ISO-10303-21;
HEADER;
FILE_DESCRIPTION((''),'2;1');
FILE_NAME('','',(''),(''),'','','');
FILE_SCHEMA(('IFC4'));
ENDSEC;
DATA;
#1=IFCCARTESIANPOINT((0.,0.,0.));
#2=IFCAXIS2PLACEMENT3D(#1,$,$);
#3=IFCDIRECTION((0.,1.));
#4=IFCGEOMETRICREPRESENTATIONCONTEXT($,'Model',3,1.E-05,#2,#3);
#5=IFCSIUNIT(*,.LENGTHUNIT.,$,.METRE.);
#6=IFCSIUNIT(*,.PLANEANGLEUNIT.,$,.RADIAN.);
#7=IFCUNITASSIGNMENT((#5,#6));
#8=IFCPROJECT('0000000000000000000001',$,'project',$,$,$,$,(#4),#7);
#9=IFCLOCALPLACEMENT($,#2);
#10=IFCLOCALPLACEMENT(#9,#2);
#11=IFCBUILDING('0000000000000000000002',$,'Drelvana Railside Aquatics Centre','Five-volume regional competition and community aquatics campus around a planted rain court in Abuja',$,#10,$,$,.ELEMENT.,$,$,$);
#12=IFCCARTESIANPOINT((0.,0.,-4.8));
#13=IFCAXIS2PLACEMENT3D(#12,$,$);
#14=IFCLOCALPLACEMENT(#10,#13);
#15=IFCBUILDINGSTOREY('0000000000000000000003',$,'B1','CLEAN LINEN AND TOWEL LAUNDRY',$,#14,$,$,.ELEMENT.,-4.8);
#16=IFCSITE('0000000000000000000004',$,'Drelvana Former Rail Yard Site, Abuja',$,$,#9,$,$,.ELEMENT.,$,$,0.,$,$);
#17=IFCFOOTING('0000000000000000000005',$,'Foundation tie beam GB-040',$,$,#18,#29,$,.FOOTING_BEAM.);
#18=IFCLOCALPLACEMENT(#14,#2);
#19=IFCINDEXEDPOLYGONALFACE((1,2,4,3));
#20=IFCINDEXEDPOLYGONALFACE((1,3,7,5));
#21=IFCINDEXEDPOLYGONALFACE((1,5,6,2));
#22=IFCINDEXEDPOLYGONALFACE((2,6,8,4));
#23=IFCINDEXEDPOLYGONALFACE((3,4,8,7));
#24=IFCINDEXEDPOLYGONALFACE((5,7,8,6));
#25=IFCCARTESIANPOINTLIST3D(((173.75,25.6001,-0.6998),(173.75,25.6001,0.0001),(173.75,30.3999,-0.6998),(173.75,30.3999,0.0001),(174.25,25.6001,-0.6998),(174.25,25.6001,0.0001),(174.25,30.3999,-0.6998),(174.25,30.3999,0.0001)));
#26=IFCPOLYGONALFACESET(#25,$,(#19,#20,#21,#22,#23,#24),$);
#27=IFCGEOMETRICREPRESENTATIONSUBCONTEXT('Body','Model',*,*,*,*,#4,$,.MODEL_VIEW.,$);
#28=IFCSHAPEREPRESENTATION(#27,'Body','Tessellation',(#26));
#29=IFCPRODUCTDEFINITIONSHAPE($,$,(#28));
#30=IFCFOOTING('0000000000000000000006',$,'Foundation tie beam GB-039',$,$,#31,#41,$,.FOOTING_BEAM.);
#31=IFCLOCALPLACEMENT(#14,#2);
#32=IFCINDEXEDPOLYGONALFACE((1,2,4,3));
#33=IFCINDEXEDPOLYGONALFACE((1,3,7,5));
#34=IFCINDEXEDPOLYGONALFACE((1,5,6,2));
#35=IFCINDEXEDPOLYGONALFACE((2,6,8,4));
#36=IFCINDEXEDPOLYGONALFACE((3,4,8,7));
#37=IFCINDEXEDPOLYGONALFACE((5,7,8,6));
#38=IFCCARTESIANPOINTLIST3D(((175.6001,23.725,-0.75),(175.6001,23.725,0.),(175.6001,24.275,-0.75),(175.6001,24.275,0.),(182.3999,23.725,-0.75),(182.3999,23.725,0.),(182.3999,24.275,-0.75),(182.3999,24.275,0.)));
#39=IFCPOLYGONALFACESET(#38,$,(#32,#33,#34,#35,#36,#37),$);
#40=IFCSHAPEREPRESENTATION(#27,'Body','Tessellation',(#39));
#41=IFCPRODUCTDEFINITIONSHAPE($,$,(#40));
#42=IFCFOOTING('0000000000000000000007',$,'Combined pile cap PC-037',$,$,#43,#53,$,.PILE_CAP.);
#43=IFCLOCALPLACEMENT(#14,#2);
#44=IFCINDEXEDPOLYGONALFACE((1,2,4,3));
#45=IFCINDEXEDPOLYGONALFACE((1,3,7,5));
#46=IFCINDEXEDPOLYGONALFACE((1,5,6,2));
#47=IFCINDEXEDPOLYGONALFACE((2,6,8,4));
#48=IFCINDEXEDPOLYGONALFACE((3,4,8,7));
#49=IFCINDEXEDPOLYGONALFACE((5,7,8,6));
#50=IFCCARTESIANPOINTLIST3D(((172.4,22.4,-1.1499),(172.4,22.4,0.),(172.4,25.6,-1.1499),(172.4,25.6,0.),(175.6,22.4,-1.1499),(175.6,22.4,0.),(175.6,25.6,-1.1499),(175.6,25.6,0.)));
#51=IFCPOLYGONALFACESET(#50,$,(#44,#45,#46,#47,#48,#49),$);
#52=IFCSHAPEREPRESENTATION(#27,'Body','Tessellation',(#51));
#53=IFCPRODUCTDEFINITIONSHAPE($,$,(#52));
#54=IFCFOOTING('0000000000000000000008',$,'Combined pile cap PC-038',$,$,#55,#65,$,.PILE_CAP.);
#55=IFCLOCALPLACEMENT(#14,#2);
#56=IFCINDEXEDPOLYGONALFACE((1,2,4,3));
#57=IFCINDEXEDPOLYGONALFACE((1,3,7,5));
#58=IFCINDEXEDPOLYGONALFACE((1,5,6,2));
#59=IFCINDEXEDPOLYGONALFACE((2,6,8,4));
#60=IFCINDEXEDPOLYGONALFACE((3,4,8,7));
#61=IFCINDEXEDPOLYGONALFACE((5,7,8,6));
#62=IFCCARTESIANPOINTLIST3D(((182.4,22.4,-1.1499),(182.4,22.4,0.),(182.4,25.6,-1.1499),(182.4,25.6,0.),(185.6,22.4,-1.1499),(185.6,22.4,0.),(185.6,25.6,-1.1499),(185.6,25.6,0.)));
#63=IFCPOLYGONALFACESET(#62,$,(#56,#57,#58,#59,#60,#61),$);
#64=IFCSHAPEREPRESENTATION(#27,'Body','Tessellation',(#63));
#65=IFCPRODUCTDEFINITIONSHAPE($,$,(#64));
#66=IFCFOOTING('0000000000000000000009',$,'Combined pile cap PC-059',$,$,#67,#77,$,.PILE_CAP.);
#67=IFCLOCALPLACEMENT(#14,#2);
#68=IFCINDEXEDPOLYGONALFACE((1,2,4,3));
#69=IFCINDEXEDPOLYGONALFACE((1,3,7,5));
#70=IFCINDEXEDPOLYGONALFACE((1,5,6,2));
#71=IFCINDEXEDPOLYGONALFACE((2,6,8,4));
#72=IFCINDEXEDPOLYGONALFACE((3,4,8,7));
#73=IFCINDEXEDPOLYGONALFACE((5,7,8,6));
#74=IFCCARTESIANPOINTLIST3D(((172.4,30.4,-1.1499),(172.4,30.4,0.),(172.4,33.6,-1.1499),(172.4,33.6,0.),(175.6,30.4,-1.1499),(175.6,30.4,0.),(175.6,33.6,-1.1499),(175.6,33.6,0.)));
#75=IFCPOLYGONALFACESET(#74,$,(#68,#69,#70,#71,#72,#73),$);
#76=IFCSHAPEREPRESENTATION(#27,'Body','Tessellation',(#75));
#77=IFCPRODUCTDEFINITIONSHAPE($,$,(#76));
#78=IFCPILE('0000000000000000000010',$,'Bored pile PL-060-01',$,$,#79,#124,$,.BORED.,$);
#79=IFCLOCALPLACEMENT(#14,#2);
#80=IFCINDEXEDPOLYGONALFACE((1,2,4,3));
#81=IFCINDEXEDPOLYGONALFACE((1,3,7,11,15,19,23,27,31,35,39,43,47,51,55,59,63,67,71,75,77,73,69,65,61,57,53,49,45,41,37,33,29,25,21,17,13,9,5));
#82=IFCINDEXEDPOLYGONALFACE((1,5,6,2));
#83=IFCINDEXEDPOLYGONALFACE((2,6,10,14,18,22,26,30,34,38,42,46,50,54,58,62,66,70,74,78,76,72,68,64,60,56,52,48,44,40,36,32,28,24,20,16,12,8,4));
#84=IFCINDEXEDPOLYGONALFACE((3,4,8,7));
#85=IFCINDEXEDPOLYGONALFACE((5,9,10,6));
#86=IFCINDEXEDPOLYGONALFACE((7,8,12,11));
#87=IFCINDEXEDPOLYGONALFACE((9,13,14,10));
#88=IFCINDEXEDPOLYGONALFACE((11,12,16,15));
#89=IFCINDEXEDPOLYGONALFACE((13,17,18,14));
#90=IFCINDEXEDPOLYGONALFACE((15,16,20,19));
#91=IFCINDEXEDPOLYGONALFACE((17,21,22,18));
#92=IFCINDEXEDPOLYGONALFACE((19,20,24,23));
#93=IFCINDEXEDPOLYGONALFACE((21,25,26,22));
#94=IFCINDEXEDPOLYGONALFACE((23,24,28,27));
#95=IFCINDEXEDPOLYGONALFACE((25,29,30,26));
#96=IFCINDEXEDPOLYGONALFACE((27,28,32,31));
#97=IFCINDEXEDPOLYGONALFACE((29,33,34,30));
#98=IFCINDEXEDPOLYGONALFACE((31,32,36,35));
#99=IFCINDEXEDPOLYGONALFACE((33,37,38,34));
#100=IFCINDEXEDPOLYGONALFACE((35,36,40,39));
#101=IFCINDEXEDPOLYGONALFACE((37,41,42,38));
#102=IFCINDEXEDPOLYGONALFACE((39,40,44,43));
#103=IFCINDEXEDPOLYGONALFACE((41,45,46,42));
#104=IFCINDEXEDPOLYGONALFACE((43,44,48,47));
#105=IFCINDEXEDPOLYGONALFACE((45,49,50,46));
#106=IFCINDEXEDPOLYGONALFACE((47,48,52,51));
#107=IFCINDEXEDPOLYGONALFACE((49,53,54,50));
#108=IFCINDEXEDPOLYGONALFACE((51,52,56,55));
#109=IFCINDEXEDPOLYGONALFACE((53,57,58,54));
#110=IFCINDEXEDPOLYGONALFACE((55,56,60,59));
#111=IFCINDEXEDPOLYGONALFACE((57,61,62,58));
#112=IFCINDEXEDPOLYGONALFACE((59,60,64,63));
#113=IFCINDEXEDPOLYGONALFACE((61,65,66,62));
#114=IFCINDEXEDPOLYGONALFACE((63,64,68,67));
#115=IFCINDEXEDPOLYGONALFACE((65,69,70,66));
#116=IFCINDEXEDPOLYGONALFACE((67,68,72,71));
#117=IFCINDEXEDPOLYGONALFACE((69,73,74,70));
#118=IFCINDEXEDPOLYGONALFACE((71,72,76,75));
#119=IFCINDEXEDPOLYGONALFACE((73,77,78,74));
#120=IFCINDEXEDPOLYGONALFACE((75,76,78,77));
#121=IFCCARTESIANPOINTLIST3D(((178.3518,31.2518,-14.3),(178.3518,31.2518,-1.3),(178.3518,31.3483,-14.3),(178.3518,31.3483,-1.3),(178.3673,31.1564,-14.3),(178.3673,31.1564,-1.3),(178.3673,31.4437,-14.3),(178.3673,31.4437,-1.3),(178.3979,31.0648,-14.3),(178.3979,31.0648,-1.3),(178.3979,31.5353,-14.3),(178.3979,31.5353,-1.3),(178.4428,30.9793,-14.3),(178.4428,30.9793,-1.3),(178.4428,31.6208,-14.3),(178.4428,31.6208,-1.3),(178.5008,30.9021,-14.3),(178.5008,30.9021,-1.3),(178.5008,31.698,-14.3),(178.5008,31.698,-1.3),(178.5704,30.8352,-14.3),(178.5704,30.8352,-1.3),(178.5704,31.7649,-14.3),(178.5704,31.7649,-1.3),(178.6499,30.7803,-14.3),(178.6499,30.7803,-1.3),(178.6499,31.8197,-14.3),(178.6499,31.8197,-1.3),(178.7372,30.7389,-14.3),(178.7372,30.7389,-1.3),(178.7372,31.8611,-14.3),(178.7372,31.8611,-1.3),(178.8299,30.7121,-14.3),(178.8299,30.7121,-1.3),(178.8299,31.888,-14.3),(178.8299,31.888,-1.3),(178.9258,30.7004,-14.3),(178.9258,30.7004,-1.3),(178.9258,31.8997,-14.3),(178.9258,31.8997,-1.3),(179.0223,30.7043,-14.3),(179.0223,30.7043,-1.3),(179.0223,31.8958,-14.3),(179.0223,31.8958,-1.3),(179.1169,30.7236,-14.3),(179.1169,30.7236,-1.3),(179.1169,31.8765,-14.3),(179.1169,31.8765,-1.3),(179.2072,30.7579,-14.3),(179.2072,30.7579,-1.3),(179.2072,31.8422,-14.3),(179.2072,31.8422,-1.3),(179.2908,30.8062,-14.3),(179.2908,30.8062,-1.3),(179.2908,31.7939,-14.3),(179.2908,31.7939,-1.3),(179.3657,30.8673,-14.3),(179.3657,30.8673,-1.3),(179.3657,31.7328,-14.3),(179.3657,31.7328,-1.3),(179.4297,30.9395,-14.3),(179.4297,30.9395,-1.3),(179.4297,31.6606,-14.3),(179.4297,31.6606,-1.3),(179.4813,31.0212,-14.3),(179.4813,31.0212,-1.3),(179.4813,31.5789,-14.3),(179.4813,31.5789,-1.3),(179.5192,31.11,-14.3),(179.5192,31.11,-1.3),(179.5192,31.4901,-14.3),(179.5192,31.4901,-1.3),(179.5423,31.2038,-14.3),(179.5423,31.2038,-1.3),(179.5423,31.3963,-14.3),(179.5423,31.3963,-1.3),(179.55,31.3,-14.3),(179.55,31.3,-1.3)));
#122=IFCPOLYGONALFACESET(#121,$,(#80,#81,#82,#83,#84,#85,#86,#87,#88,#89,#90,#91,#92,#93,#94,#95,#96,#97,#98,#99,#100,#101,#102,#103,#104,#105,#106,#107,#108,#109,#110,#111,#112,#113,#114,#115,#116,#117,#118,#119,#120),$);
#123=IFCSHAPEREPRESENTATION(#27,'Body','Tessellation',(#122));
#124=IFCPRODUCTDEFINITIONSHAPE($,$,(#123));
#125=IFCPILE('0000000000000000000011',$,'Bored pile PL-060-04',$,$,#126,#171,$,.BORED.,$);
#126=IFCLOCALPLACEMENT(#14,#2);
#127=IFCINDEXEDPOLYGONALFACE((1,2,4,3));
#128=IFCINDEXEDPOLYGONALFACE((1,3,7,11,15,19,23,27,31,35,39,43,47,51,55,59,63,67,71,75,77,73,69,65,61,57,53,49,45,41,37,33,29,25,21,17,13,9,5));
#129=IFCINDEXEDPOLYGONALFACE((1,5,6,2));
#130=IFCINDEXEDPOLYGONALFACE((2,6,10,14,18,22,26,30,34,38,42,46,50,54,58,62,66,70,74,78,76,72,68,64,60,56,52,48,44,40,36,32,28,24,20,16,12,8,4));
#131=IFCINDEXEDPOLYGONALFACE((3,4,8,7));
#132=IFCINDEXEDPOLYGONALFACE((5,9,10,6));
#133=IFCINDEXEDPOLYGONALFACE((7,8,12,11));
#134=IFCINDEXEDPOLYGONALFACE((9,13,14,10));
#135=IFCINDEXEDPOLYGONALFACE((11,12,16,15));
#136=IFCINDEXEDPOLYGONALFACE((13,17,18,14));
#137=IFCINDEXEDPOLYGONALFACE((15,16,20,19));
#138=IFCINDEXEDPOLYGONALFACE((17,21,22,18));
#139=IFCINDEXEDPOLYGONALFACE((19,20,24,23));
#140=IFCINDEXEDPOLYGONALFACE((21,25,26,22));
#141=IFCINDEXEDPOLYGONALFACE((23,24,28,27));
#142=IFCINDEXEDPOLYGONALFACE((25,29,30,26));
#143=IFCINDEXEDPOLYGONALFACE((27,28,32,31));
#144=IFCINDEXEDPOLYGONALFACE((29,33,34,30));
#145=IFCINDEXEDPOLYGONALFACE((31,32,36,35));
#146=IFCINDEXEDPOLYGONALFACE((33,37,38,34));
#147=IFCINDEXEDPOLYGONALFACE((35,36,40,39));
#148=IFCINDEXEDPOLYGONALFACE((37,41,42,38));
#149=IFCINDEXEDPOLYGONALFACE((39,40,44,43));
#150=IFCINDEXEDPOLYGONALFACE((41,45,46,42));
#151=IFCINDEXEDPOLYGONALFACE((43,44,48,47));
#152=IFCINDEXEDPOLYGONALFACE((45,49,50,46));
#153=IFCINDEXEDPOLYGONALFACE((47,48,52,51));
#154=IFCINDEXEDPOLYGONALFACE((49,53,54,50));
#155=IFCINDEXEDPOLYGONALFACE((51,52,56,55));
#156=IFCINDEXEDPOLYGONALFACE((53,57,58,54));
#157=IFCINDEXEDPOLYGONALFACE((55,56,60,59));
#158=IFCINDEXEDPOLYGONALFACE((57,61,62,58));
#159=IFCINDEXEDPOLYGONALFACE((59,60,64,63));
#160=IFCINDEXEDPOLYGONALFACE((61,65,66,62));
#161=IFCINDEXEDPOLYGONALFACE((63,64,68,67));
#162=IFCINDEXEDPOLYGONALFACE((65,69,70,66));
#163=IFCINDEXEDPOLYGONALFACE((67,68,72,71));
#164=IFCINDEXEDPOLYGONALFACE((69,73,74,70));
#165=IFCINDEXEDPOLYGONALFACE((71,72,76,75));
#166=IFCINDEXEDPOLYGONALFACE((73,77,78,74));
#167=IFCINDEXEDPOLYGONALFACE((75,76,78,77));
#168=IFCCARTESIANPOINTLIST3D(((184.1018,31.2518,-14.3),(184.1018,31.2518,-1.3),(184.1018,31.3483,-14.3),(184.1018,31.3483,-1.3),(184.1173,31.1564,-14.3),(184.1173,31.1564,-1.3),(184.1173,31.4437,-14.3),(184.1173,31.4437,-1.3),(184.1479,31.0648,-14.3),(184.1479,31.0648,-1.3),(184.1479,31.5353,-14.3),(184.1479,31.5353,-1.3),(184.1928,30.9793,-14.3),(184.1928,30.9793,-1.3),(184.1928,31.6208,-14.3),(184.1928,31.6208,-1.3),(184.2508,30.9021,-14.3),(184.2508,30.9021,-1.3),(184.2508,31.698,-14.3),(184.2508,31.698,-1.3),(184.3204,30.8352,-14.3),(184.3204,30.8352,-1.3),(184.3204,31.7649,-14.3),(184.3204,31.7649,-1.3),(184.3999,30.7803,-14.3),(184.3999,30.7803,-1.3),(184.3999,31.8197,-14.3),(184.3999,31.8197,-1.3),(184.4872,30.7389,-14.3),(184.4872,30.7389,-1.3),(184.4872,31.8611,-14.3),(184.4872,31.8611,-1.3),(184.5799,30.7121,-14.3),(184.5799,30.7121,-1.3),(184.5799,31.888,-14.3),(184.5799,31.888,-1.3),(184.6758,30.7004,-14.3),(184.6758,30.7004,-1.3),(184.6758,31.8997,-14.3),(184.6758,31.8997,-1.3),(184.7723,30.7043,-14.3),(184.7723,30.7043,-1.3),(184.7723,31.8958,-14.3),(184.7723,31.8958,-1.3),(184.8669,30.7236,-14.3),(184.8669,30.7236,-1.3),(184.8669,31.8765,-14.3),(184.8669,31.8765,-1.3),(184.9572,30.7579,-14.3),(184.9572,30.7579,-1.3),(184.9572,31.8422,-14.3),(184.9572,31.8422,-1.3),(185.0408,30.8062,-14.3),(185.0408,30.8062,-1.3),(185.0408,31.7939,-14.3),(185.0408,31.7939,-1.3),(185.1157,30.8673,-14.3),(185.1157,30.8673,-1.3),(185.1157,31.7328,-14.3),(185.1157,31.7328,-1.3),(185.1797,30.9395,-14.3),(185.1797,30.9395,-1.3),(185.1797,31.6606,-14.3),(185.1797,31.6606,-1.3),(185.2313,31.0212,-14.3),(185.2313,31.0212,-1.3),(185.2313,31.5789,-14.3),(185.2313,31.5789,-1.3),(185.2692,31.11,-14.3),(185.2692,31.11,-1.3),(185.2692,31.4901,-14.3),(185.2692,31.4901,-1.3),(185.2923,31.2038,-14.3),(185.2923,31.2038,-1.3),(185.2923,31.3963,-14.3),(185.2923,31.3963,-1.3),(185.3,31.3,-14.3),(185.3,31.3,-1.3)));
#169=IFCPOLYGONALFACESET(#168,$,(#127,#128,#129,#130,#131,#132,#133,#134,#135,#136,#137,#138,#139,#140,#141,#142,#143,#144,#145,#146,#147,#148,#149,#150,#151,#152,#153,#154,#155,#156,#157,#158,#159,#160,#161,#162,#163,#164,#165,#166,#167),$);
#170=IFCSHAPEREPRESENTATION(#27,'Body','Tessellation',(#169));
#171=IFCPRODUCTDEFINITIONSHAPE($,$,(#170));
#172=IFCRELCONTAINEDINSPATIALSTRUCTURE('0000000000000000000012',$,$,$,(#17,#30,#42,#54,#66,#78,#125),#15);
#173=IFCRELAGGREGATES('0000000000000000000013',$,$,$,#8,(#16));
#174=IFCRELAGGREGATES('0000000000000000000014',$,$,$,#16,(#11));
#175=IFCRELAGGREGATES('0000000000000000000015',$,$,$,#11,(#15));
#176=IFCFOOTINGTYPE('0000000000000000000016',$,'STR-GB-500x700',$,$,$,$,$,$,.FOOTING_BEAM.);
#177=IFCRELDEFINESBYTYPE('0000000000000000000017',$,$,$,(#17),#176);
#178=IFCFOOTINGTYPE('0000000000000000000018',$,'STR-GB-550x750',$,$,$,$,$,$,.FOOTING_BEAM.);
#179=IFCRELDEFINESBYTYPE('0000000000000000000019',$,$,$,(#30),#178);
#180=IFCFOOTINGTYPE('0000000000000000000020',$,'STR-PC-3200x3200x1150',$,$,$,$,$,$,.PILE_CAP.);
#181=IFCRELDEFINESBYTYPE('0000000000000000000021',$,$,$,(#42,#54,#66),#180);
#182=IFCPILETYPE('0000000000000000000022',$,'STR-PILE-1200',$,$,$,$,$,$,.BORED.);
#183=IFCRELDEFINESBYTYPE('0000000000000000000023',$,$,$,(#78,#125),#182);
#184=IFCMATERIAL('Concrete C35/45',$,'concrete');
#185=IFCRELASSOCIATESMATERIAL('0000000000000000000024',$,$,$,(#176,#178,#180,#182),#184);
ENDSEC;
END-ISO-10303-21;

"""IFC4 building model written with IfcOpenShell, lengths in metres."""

from ifc_helpers import new_model, si_unit, direction, frame, origin, origin_2d, place, context, subcontext, project, spatial, rectangle, circle, extrude, material, material_profile, profile_set, type_object, element, save


model = new_model("IFC4")

# Units and contexts
model_context = context("Model", 3, precision=1e-05, world=origin(), true_north=direction((0.0, 1.0)))
body_context = subcontext(model_context, "Body", "Model", "MODEL_VIEW")
ifc_project = project(units=[si_unit("LENGTHUNIT", "METRE"), si_unit("PLANEANGLEUNIT", "RADIAN")], contexts=[model_context])

# Site, building, storey
site_placement = place(None, origin())
site = spatial("IfcSite", under=ifc_project, at=site_placement, Name="Drelvana Former Rail Yard Site, Abuja", CompositionType="ELEMENT", RefElevation=0.0)
building_placement = place(site_placement, origin())
building = spatial("IfcBuilding", under=site, at=building_placement, Name="Drelvana Railside Aquatics Centre", Description="Five-volume regional competition and community aquatics campus around a planted rain court in Abuja", CompositionType="ELEMENT")
storey_placement = place(building_placement, frame((0.0, 0.0, -4.8)))
storey = spatial("IfcBuildingStorey", under=building, at=storey_placement, Name="B1", Description="CLEAN LINEN AND TOWEL LAUNDRY", CompositionType="ELEMENT", Elevation=-4.8)

# Footings
ifc_material_1 = material(Name="Concrete C35/45", Category="concrete")
ifc_material_profile_1 = material_profile(ifc_material_1, rectangle(XDim=0.5, YDim=0.7, at=origin_2d()), Name="GB 500x700")
ifc_profile_set_1 = profile_set([ifc_material_profile_1], Name="Concrete C35/45")
footing_type_1 = type_object("IfcFootingType", Name="STR-GB-500x700", PredefinedType="FOOTING_BEAM", material=ifc_profile_set_1)
footing_1_placement = place(storey_placement, frame((174.0, 25.6001, -0.3499), z_axis=(0.0, 1.0, 0.0), x_axis=(-1.0, 0.0, 0.0)))
element("IfcFooting", 1, at=footing_1_placement, inside=storey, type_object=footing_type_1, Name="Foundation tie beam GB-040", PredefinedType="FOOTING_BEAM", context=body_context, shape_type="SweptSolid", body=[
    extrude(rectangle(XDim=0.5, YDim=0.7, at=origin_2d()), origin(), (0.0, 0.0, 1.0), 4.7998),
])
ifc_material_profile_2 = material_profile(ifc_material_1, rectangle(XDim=0.55, YDim=0.75, at=origin_2d()), Name="GB 550x750")
ifc_profile_set_2 = profile_set([ifc_material_profile_2], Name="Concrete C35/45")
footing_type_2 = type_object("IfcFootingType", Name="STR-GB-550x750", PredefinedType="FOOTING_BEAM", material=ifc_profile_set_2)
footing_2_placement = place(storey_placement, frame((175.6001, 24.0, -0.375), z_axis=(1.0, 0.0, 0.0), x_axis=(0.0, 1.0, 0.0)))
element("IfcFooting", 2, at=footing_2_placement, inside=storey, type_object=footing_type_2, Name="Foundation tie beam GB-039", PredefinedType="FOOTING_BEAM", context=body_context, shape_type="SweptSolid", body=[
    extrude(rectangle(XDim=0.55, YDim=0.75, at=origin_2d()), origin(), (0.0, 0.0, 1.0), 6.7998),
])
footing_type_3 = type_object("IfcFootingType", Name="STR-PC-3200x3200x1150", PredefinedType="PILE_CAP", material=ifc_material_1)
for number, where, z_axis, x_axis, name in (
    (3, (174.0, 24.0, -1.1499), (0.0, 0.0, 1.0), (1.0, 0.0, 0.0), "Combined pile cap PC-037"),
    (4, (184.0, 24.0, -1.1499), (0.0, 0.0, 1.0), (1.0, 0.0, 0.0), "Combined pile cap PC-038"),
    (5, (174.0, 32.0, -1.1499), (0.0, 0.0, 1.0), (1.0, 0.0, 0.0), "Combined pile cap PC-059"),
):
    element("IfcFooting", number, at=place(storey_placement, frame(where, z_axis=z_axis, x_axis=x_axis)), inside=storey, type_object=footing_type_3, Name=name, PredefinedType="PILE_CAP", context=body_context, shape_type="SweptSolid", body=[
        extrude(rectangle(XDim=3.2, YDim=3.2, at=origin_2d()), origin(), (0.0, 0.0, 1.0), 1.1499),
    ])

# Piles
ifc_material_profile_3 = material_profile(ifc_material_1, circle(Radius=0.6001, at=origin_2d()), Name="PILE D1200")
ifc_profile_set_3 = profile_set([ifc_material_profile_3], Name="Concrete C35/45")
pile_type_1 = type_object("IfcPileType", Name="STR-PILE-1200", PredefinedType="BORED", material=ifc_profile_set_3)
for number, where, z_axis, x_axis, name in (
    (6, (178.95, 31.3, -1.3), (0.0, 0.0, -1.0), (1.0, 0.0, 0.0), "Bored pile PL-060-01"),
    (7, (184.7, 31.3, -1.3), (0.0, 0.0, -1.0), (1.0, 0.0, 0.0), "Bored pile PL-060-04"),
):
    element("IfcPile", number, at=place(storey_placement, frame(where, z_axis=z_axis, x_axis=x_axis)), inside=storey, type_object=pile_type_1, Name=name, PredefinedType="BORED", context=body_context, shape_type="SweptSolid", body=[
        extrude(circle(Radius=0.6001, at=origin_2d()), origin(), (0.0, 0.0, 1.0), 13.0),
    ])

save(model, "model.ifc")
